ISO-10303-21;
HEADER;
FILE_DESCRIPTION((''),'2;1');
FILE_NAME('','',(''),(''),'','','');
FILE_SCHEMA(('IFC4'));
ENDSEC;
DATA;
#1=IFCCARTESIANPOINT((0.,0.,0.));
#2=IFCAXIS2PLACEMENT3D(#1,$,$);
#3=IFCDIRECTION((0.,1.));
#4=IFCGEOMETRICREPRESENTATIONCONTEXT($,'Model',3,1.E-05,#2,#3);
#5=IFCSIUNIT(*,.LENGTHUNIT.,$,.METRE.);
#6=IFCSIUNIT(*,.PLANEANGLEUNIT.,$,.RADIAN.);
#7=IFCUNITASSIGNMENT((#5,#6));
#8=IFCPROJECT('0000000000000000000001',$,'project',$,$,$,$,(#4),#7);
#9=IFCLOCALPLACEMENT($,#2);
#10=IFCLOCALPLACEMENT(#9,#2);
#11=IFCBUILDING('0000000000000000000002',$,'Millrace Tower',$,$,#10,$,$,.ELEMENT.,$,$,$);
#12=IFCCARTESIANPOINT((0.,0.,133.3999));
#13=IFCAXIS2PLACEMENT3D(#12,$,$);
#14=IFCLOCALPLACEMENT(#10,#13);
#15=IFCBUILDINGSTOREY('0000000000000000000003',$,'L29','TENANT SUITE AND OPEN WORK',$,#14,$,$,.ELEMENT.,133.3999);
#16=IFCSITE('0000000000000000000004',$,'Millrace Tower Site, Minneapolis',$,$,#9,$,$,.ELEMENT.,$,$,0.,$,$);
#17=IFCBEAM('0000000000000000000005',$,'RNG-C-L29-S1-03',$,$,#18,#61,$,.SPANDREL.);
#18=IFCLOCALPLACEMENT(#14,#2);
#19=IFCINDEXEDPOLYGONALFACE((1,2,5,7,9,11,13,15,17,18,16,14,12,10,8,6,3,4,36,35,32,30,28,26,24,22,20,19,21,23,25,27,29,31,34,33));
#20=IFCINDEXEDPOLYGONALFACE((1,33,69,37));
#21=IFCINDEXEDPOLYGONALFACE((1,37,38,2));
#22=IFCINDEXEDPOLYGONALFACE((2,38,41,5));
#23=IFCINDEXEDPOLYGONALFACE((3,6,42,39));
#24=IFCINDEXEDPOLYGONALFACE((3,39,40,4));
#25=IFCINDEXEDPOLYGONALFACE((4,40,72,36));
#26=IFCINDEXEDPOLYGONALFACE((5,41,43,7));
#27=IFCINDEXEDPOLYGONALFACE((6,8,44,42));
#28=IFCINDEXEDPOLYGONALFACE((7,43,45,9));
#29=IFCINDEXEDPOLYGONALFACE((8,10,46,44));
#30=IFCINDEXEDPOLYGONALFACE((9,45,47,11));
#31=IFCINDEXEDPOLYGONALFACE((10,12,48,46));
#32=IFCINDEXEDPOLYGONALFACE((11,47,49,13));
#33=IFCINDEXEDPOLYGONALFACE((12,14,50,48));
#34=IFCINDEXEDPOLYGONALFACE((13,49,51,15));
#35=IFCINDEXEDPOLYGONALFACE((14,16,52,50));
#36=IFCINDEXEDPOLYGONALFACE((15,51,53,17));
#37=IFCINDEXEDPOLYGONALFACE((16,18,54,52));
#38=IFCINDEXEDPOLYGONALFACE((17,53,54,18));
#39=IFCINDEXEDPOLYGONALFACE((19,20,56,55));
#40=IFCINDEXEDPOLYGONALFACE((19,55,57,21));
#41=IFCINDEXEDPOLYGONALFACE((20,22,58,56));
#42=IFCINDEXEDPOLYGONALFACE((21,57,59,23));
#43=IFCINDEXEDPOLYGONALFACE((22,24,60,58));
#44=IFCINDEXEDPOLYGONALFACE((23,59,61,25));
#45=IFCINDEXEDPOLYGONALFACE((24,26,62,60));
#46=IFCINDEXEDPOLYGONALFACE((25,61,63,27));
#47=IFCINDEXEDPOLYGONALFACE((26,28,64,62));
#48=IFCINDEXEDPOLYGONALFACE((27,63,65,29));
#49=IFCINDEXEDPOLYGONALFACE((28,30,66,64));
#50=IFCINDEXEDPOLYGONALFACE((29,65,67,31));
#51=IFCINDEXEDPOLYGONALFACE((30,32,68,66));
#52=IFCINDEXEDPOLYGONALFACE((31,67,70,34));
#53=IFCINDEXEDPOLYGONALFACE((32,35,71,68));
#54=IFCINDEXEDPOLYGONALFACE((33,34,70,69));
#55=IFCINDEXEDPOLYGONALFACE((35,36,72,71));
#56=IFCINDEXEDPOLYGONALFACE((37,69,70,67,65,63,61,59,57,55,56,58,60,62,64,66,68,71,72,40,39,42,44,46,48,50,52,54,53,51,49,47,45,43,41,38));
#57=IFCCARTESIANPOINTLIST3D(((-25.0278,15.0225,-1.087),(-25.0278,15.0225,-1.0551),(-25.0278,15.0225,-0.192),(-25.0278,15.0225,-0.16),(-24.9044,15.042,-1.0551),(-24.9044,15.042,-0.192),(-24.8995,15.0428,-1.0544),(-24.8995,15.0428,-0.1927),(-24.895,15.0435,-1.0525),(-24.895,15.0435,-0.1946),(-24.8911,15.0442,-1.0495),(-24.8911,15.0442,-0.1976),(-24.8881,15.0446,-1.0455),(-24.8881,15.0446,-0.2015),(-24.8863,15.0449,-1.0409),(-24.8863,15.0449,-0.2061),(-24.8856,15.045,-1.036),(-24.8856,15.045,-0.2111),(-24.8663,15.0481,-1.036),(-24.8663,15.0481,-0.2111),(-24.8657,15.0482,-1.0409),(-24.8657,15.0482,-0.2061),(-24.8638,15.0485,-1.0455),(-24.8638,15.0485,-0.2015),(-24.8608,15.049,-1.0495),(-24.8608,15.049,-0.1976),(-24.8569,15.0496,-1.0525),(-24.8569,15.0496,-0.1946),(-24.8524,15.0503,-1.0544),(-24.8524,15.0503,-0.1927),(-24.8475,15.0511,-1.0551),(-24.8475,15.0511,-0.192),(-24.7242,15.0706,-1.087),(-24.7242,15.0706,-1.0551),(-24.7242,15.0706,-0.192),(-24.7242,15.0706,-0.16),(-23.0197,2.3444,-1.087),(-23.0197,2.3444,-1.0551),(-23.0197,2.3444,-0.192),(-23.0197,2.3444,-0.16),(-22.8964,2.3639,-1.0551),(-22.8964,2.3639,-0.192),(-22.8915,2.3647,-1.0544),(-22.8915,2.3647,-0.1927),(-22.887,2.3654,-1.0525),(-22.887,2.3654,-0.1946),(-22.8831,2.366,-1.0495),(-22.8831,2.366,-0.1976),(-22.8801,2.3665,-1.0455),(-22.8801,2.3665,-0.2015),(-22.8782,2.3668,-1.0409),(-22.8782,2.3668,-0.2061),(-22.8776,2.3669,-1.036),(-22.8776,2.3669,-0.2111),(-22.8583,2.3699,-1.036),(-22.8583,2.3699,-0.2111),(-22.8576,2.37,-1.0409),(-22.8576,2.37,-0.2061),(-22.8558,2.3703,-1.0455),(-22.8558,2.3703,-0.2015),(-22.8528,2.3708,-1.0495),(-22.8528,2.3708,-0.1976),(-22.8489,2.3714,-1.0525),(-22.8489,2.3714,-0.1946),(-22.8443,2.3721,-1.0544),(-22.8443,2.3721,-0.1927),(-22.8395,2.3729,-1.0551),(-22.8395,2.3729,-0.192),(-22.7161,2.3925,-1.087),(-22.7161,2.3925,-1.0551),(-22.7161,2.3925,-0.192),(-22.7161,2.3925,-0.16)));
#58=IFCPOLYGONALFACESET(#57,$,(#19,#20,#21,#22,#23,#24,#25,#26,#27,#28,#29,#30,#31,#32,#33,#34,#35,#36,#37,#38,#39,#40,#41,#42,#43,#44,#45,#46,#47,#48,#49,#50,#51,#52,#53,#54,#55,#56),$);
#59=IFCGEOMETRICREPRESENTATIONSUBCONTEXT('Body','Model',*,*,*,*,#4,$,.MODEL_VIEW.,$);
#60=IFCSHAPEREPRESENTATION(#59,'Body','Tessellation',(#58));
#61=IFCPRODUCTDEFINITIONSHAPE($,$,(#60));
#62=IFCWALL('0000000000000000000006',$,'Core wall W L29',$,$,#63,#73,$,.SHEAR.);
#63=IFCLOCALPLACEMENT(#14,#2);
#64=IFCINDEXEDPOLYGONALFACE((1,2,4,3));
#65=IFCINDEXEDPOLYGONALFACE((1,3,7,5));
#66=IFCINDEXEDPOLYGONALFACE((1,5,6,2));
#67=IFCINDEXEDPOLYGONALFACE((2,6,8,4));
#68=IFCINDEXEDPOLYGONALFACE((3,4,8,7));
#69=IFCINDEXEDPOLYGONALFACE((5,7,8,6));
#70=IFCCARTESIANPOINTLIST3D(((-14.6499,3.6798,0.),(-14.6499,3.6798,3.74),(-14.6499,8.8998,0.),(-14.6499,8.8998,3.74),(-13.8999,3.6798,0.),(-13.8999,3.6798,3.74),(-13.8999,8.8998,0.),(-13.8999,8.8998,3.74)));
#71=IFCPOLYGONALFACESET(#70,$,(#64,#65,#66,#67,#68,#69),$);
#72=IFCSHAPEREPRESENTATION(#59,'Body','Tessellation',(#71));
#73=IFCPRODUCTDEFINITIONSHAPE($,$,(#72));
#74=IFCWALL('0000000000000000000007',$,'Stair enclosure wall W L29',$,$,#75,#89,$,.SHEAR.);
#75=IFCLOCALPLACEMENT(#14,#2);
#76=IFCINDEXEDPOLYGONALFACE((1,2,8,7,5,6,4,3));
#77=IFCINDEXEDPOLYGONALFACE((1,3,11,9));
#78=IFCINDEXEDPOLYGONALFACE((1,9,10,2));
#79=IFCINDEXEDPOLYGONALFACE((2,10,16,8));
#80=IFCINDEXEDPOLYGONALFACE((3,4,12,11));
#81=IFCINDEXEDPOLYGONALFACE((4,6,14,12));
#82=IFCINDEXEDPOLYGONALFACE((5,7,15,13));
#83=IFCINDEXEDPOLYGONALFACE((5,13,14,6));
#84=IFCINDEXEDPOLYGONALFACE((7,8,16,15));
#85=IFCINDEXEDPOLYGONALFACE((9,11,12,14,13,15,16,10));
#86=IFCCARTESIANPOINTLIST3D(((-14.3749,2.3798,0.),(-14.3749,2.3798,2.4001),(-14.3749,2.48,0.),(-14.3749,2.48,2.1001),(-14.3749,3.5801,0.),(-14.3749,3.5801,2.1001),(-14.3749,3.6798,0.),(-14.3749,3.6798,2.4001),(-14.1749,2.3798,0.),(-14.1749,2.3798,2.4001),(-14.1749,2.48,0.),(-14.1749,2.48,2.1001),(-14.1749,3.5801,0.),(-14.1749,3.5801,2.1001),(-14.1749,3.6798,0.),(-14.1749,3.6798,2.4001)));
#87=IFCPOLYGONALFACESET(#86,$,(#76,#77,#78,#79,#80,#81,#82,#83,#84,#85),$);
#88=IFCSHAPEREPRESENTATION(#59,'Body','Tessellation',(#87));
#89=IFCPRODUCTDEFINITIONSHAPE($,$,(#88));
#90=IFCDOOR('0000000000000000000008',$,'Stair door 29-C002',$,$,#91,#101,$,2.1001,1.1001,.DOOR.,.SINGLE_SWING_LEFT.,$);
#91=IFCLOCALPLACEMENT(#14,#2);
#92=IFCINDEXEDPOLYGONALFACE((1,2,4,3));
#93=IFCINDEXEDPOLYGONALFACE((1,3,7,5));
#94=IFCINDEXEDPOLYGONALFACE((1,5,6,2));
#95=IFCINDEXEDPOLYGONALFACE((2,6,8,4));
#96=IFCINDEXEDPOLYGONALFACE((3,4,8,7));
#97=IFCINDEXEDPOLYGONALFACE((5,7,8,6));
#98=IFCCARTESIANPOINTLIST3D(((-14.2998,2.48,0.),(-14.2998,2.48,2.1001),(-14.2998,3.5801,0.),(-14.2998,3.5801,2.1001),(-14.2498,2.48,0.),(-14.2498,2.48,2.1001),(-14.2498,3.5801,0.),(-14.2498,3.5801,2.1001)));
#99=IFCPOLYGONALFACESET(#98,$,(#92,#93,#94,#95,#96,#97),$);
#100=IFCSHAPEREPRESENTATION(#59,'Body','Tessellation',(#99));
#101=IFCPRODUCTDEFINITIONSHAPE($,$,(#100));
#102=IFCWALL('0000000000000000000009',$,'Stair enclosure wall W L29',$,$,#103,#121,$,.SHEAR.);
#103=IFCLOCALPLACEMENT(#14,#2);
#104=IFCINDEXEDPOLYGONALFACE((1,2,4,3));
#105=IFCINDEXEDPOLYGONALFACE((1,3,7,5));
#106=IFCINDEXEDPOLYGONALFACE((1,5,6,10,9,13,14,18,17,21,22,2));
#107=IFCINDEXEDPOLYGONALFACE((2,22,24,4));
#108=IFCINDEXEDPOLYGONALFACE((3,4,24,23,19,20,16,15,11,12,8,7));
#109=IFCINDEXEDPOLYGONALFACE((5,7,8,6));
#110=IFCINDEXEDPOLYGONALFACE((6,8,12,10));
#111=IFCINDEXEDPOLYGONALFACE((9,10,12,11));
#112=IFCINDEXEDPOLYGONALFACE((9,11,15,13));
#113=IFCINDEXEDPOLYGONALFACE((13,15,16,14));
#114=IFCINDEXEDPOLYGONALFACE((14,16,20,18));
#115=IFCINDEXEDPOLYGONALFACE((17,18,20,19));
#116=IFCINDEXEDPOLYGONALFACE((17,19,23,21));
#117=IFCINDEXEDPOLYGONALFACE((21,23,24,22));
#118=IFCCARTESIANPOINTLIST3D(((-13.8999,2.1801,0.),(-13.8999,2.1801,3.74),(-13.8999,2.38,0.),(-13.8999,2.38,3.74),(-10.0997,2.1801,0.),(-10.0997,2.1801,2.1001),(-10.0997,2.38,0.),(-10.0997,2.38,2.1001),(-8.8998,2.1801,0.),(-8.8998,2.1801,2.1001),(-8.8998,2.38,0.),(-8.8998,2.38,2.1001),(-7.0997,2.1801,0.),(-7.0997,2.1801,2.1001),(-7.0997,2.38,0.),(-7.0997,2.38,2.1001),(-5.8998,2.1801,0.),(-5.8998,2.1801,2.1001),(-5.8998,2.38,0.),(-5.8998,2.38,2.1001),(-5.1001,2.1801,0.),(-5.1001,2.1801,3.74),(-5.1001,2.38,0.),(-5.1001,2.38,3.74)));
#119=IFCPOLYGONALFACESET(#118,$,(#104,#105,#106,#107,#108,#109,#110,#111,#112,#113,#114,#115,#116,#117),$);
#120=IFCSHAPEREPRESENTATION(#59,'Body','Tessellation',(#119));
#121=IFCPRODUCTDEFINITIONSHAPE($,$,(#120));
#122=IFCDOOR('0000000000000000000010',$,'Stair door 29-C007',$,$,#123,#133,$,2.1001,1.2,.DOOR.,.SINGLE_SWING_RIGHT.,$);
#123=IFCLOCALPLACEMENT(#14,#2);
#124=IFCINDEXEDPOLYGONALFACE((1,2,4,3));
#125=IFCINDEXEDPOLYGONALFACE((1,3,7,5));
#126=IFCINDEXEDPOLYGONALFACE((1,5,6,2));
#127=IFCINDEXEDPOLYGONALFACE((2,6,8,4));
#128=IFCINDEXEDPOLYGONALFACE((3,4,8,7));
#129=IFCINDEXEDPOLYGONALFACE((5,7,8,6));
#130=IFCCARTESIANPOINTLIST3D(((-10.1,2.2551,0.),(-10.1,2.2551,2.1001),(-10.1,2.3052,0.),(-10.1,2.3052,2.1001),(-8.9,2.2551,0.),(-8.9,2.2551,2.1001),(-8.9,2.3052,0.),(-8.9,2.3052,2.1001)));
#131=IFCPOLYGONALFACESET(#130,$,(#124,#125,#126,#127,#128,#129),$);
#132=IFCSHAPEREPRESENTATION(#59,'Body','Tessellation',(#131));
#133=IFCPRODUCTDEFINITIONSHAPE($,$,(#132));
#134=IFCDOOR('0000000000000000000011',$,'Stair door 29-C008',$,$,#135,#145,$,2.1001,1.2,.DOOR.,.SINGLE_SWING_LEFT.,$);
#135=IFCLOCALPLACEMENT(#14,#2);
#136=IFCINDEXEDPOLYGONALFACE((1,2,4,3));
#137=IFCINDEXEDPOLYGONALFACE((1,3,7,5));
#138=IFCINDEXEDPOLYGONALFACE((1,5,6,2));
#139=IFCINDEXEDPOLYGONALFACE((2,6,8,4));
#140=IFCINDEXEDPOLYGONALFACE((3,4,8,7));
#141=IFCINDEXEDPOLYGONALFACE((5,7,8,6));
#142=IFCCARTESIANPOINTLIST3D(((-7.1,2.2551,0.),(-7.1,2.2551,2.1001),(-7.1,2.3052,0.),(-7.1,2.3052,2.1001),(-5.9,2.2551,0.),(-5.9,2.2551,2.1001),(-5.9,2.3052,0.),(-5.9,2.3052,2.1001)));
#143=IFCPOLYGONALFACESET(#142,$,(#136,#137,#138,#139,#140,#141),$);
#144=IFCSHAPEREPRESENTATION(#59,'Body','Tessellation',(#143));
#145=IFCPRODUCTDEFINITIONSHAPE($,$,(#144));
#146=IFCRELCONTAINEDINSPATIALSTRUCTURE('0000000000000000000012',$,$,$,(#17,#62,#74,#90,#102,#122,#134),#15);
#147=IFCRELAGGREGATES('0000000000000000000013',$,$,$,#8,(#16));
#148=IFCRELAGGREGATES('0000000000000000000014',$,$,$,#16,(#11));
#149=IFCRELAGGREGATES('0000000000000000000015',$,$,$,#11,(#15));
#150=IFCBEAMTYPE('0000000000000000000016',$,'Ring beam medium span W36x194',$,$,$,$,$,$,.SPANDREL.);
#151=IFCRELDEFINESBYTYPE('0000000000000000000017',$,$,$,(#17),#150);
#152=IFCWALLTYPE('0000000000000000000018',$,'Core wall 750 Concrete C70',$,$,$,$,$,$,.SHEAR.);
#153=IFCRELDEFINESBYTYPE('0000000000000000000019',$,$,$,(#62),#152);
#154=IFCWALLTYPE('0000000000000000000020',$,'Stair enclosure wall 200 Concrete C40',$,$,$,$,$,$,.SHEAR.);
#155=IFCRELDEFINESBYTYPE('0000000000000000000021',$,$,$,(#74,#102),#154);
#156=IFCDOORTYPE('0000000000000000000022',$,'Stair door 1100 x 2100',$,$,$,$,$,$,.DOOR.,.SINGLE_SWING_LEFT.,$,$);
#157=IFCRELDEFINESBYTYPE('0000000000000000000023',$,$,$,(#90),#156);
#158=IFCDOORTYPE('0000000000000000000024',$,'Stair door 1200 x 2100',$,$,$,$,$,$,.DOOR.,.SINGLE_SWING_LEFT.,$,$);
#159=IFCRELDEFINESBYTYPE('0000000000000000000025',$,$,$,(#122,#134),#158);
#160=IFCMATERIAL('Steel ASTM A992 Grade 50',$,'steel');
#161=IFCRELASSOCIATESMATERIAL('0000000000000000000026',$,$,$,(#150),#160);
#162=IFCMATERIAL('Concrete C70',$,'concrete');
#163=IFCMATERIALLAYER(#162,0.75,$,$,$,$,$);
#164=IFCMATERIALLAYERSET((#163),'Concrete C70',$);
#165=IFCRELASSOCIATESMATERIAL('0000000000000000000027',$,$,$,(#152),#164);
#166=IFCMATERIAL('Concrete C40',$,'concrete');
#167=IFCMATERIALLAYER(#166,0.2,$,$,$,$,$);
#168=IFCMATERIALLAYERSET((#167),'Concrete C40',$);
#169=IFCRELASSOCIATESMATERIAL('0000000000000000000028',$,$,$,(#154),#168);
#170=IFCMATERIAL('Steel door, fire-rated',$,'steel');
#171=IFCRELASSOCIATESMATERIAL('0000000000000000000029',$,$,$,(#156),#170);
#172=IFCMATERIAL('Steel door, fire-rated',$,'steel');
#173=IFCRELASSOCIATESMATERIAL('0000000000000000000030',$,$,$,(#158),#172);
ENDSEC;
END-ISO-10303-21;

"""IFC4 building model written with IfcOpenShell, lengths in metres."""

from ifc_helpers import new_model, si_unit, direction, frame, frame_2d, origin, origin_2d, place, context, subcontext, project, spatial, rectangle, i_section, extrude, material, layer, layer_set, material_profile, profile_set, type_object, element, fill, save


model = new_model("IFC4")

# Units and contexts
model_context = context("Model", 3, precision=1e-05, world=origin(), true_north=direction((0.0, 1.0)))
body_context = subcontext(model_context, "Body", "Model", "MODEL_VIEW")
ifc_project = project(units=[si_unit("LENGTHUNIT", "METRE"), si_unit("PLANEANGLEUNIT", "RADIAN")], contexts=[model_context])

# Site, building, storey
site_placement = place(None, origin())
site = spatial("IfcSite", under=ifc_project, at=site_placement, Name="Millrace Tower Site, Minneapolis", CompositionType="ELEMENT", RefElevation=0.0)
building_placement = place(site_placement, origin())
building = spatial("IfcBuilding", under=site, at=building_placement, Name="Millrace Tower", CompositionType="ELEMENT")
storey_placement = place(building_placement, frame((0.0, 0.0, 133.3999)))
storey = spatial("IfcBuildingStorey", under=building, at=storey_placement, Name="L29", Description="TENANT SUITE AND OPEN WORK", CompositionType="ELEMENT", Elevation=133.3999)

# Beam
ifc_material_1 = material(Name="Steel ASTM A992 Grade 50", Category="steel")
ifc_material_profile_1 = material_profile(ifc_material_1, i_section(OverallWidth=0.3074, OverallDepth=0.927, WebThickness=0.0195, FlangeThickness=0.032, FilletRadius=0.019, at=origin_2d()))
ifc_profile_set_1 = profile_set([ifc_material_profile_1], Name="Steel ASTM A992 Grade 50")
beam_type_1 = type_object("IfcBeamType", Name="Ring beam medium span W36x194", PredefinedType="SPANDREL", material=ifc_profile_set_1)
beam_1_placement = place(storey_placement, frame((-22.8679, 2.3684, -0.6235), z_axis=(-0.156436, 0.987688, 0.0), x_axis=(-0.987688, -0.156436, 0.0)))
element("IfcBeam", 1, at=beam_1_placement, inside=storey, type_object=beam_type_1, Name="RNG-C-L29-S1-03", PredefinedType="SPANDREL", context=body_context, shape_type="SweptSolid", body=[
    extrude(i_section(OverallWidth=0.3074, OverallDepth=0.927, WebThickness=0.0195, FlangeThickness=0.032, FilletRadius=0.019, at=origin_2d()), origin(), (0.0, 0.0, 1.0), 12.8362),
])

# Wall
ifc_material_2 = material(Name="Concrete C70", Category="concrete")
ifc_layer_1 = layer(ifc_material_2, 0.75)
ifc_layer_set_1 = layer_set([ifc_layer_1], Name="Concrete C70")
wall_type_1 = type_object("IfcWallType", Name="Core wall 750 Concrete C70", PredefinedType="SHEAR", material=ifc_layer_set_1)
wall_1_placement = place(storey_placement, frame((-14.2749, 3.6799, 0.0), z_axis=(0.0, 0.0, 1.0), x_axis=(0.0, 1.0, 0.0)))
element("IfcWall", 2, at=wall_1_placement, inside=storey, type_object=wall_type_1, Name="Core wall W L29", PredefinedType="SHEAR", context=body_context, shape_type="SweptSolid", body=[
    extrude(rectangle(XDim=5.22, YDim=0.75, at=frame_2d((2.6099, 0.0))), origin(), (0.0, 0.0, 1.0), 3.74),
])

# Wall, opening, door
ifc_material_3 = material(Name="Concrete C40", Category="concrete")
ifc_layer_2 = layer(ifc_material_3, 0.2)
ifc_layer_set_2 = layer_set([ifc_layer_2], Name="Concrete C40")
wall_type_2 = type_object("IfcWallType", Name="Stair enclosure wall 200 Concrete C40", PredefinedType="SHEAR", material=ifc_layer_set_2)
wall_2_placement = place(storey_placement, frame((-14.2749, 2.3799, 0.0), z_axis=(0.0, 0.0, 1.0), x_axis=(0.0, 1.0, 0.0)))
wall_2 = element("IfcWall", 3, at=wall_2_placement, inside=storey, type_object=wall_type_2, Name="Stair enclosure wall W L29", PredefinedType="SHEAR", context=body_context, shape_type="SweptSolid", body=[
    extrude(rectangle(XDim=1.3, YDim=0.2, at=frame_2d((0.6499, 0.0))), origin(), (0.0, 0.0, 1.0), 2.4001),
])
opening_1_placement = place(wall_2_placement, frame((0.1001, 0.0, 0.0)))
opening_1 = element("IfcOpeningElement", 4, at=opening_1_placement, cuts=wall_2, PredefinedType="OPENING", context=body_context, shape_type="SweptSolid", body=[
    extrude(rectangle(XDim=1.1001, YDim=2.1001, at=frame_2d((0.55, 1.05))), frame((0.0, 0.1099, 0.0), z_axis=(0.0, -1.0, 0.0), x_axis=(1.0, 0.0, 0.0)), (0.0, 0.0, 1.0), 0.22),
])
ifc_material_4 = material(Name="Steel door, fire-rated", Category="steel")
door_type_1 = type_object("IfcDoorType", Name="Stair door 1100 x 2100", OperationType="SINGLE_SWING_LEFT", PredefinedType="DOOR", material=ifc_material_4)
door_1_placement = place(opening_1_placement, origin())
door_1 = element("IfcDoor", 5, at=door_1_placement, inside=storey, type_object=door_type_1, Name="Stair door 29-C002", OperationType="SINGLE_SWING_LEFT", OverallHeight=2.1001, OverallWidth=1.1001, PredefinedType="DOOR", context=body_context, shape_type="SweptSolid", body=[
    extrude(rectangle(XDim=1.1001, YDim=2.1001, at=frame_2d((0.55, 1.05))), frame((0.0, 0.0249, 0.0), z_axis=(0.0, -1.0, 0.0), x_axis=(1.0, 0.0, 0.0)), (0.0, 0.0, 1.0), 0.05),
])
fill(opening_1, door_1)

# Wall, openings, doors
wall_3_placement = place(storey_placement, frame((-13.8999, 2.28, 0.0), z_axis=(0.0, 0.0, 1.0), x_axis=(1.0, 0.0, 0.0)))
wall_3 = element("IfcWall", 6, at=wall_3_placement, inside=storey, type_object=wall_type_2, Name="Stair enclosure wall W L29", PredefinedType="SHEAR", context=body_context, shape_type="SweptSolid", body=[
    extrude(rectangle(XDim=8.7998, YDim=0.2, at=frame_2d((4.3999, 0.0))), origin(), (0.0, 0.0, 1.0), 3.74),
])
opening_2_placement = place(wall_3_placement, frame((3.8, 0.0, 0.0)))
opening_2 = element("IfcOpeningElement", 7, at=opening_2_placement, cuts=wall_3, PredefinedType="OPENING", context=body_context, shape_type="SweptSolid", body=[
    extrude(rectangle(XDim=1.2, YDim=2.1001, at=frame_2d((0.6001, 1.05))), frame((0.0, 0.1099, 0.0), z_axis=(0.0, -1.0, 0.0), x_axis=(1.0, 0.0, 0.0)), (0.0, 0.0, 1.0), 0.22),
])
opening_3_placement = place(wall_3_placement, frame((6.8, 0.0, 0.0)))
opening_3 = element("IfcOpeningElement", 8, at=opening_3_placement, cuts=wall_3, PredefinedType="OPENING", context=body_context, shape_type="SweptSolid", body=[
    extrude(rectangle(XDim=1.2, YDim=2.1001, at=frame_2d((0.6001, 1.05))), frame((0.0, 0.1099, 0.0), z_axis=(0.0, -1.0, 0.0), x_axis=(1.0, 0.0, 0.0)), (0.0, 0.0, 1.0), 0.22),
])
ifc_material_5 = material(Name="Steel door, fire-rated", Category="steel")
door_type_2 = type_object("IfcDoorType", Name="Stair door 1200 x 2100", OperationType="SINGLE_SWING_LEFT", PredefinedType="DOOR", material=ifc_material_5)
door_2_placement = place(opening_2_placement, frame((1.2, 0.0, 0.0), z_axis=(0.0, 0.0, 1.0), x_axis=(-1.0, 0.0, 0.0)))
door_2 = element("IfcDoor", 9, at=door_2_placement, inside=storey, type_object=door_type_2, Name="Stair door 29-C007", OperationType="SINGLE_SWING_RIGHT", OverallHeight=2.1001, OverallWidth=1.2, PredefinedType="DOOR", context=body_context, shape_type="SweptSolid", body=[
    extrude(rectangle(XDim=1.2, YDim=2.1001, at=frame_2d((0.6001, 1.05))), frame((0.0, 0.0249, 0.0), z_axis=(0.0, -1.0, 0.0), x_axis=(1.0, 0.0, 0.0)), (0.0, 0.0, 1.0), 0.05),
])
fill(opening_2, door_2)
door_3_placement = place(opening_3_placement, frame((1.2, 0.0, 0.0), z_axis=(0.0, 0.0, 1.0), x_axis=(-1.0, 0.0, 0.0)))
door_3 = element("IfcDoor", 10, at=door_3_placement, inside=storey, type_object=door_type_2, Name="Stair door 29-C008", OperationType="SINGLE_SWING_LEFT", OverallHeight=2.1001, OverallWidth=1.2, PredefinedType="DOOR", context=body_context, shape_type="SweptSolid", body=[
    extrude(rectangle(XDim=1.2, YDim=2.1001, at=frame_2d((0.6001, 1.05))), frame((0.0, 0.0249, 0.0), z_axis=(0.0, -1.0, 0.0), x_axis=(1.0, 0.0, 0.0)), (0.0, 0.0, 1.0), 0.05),
])
fill(opening_3, door_3)

save(model, "model.ifc")
